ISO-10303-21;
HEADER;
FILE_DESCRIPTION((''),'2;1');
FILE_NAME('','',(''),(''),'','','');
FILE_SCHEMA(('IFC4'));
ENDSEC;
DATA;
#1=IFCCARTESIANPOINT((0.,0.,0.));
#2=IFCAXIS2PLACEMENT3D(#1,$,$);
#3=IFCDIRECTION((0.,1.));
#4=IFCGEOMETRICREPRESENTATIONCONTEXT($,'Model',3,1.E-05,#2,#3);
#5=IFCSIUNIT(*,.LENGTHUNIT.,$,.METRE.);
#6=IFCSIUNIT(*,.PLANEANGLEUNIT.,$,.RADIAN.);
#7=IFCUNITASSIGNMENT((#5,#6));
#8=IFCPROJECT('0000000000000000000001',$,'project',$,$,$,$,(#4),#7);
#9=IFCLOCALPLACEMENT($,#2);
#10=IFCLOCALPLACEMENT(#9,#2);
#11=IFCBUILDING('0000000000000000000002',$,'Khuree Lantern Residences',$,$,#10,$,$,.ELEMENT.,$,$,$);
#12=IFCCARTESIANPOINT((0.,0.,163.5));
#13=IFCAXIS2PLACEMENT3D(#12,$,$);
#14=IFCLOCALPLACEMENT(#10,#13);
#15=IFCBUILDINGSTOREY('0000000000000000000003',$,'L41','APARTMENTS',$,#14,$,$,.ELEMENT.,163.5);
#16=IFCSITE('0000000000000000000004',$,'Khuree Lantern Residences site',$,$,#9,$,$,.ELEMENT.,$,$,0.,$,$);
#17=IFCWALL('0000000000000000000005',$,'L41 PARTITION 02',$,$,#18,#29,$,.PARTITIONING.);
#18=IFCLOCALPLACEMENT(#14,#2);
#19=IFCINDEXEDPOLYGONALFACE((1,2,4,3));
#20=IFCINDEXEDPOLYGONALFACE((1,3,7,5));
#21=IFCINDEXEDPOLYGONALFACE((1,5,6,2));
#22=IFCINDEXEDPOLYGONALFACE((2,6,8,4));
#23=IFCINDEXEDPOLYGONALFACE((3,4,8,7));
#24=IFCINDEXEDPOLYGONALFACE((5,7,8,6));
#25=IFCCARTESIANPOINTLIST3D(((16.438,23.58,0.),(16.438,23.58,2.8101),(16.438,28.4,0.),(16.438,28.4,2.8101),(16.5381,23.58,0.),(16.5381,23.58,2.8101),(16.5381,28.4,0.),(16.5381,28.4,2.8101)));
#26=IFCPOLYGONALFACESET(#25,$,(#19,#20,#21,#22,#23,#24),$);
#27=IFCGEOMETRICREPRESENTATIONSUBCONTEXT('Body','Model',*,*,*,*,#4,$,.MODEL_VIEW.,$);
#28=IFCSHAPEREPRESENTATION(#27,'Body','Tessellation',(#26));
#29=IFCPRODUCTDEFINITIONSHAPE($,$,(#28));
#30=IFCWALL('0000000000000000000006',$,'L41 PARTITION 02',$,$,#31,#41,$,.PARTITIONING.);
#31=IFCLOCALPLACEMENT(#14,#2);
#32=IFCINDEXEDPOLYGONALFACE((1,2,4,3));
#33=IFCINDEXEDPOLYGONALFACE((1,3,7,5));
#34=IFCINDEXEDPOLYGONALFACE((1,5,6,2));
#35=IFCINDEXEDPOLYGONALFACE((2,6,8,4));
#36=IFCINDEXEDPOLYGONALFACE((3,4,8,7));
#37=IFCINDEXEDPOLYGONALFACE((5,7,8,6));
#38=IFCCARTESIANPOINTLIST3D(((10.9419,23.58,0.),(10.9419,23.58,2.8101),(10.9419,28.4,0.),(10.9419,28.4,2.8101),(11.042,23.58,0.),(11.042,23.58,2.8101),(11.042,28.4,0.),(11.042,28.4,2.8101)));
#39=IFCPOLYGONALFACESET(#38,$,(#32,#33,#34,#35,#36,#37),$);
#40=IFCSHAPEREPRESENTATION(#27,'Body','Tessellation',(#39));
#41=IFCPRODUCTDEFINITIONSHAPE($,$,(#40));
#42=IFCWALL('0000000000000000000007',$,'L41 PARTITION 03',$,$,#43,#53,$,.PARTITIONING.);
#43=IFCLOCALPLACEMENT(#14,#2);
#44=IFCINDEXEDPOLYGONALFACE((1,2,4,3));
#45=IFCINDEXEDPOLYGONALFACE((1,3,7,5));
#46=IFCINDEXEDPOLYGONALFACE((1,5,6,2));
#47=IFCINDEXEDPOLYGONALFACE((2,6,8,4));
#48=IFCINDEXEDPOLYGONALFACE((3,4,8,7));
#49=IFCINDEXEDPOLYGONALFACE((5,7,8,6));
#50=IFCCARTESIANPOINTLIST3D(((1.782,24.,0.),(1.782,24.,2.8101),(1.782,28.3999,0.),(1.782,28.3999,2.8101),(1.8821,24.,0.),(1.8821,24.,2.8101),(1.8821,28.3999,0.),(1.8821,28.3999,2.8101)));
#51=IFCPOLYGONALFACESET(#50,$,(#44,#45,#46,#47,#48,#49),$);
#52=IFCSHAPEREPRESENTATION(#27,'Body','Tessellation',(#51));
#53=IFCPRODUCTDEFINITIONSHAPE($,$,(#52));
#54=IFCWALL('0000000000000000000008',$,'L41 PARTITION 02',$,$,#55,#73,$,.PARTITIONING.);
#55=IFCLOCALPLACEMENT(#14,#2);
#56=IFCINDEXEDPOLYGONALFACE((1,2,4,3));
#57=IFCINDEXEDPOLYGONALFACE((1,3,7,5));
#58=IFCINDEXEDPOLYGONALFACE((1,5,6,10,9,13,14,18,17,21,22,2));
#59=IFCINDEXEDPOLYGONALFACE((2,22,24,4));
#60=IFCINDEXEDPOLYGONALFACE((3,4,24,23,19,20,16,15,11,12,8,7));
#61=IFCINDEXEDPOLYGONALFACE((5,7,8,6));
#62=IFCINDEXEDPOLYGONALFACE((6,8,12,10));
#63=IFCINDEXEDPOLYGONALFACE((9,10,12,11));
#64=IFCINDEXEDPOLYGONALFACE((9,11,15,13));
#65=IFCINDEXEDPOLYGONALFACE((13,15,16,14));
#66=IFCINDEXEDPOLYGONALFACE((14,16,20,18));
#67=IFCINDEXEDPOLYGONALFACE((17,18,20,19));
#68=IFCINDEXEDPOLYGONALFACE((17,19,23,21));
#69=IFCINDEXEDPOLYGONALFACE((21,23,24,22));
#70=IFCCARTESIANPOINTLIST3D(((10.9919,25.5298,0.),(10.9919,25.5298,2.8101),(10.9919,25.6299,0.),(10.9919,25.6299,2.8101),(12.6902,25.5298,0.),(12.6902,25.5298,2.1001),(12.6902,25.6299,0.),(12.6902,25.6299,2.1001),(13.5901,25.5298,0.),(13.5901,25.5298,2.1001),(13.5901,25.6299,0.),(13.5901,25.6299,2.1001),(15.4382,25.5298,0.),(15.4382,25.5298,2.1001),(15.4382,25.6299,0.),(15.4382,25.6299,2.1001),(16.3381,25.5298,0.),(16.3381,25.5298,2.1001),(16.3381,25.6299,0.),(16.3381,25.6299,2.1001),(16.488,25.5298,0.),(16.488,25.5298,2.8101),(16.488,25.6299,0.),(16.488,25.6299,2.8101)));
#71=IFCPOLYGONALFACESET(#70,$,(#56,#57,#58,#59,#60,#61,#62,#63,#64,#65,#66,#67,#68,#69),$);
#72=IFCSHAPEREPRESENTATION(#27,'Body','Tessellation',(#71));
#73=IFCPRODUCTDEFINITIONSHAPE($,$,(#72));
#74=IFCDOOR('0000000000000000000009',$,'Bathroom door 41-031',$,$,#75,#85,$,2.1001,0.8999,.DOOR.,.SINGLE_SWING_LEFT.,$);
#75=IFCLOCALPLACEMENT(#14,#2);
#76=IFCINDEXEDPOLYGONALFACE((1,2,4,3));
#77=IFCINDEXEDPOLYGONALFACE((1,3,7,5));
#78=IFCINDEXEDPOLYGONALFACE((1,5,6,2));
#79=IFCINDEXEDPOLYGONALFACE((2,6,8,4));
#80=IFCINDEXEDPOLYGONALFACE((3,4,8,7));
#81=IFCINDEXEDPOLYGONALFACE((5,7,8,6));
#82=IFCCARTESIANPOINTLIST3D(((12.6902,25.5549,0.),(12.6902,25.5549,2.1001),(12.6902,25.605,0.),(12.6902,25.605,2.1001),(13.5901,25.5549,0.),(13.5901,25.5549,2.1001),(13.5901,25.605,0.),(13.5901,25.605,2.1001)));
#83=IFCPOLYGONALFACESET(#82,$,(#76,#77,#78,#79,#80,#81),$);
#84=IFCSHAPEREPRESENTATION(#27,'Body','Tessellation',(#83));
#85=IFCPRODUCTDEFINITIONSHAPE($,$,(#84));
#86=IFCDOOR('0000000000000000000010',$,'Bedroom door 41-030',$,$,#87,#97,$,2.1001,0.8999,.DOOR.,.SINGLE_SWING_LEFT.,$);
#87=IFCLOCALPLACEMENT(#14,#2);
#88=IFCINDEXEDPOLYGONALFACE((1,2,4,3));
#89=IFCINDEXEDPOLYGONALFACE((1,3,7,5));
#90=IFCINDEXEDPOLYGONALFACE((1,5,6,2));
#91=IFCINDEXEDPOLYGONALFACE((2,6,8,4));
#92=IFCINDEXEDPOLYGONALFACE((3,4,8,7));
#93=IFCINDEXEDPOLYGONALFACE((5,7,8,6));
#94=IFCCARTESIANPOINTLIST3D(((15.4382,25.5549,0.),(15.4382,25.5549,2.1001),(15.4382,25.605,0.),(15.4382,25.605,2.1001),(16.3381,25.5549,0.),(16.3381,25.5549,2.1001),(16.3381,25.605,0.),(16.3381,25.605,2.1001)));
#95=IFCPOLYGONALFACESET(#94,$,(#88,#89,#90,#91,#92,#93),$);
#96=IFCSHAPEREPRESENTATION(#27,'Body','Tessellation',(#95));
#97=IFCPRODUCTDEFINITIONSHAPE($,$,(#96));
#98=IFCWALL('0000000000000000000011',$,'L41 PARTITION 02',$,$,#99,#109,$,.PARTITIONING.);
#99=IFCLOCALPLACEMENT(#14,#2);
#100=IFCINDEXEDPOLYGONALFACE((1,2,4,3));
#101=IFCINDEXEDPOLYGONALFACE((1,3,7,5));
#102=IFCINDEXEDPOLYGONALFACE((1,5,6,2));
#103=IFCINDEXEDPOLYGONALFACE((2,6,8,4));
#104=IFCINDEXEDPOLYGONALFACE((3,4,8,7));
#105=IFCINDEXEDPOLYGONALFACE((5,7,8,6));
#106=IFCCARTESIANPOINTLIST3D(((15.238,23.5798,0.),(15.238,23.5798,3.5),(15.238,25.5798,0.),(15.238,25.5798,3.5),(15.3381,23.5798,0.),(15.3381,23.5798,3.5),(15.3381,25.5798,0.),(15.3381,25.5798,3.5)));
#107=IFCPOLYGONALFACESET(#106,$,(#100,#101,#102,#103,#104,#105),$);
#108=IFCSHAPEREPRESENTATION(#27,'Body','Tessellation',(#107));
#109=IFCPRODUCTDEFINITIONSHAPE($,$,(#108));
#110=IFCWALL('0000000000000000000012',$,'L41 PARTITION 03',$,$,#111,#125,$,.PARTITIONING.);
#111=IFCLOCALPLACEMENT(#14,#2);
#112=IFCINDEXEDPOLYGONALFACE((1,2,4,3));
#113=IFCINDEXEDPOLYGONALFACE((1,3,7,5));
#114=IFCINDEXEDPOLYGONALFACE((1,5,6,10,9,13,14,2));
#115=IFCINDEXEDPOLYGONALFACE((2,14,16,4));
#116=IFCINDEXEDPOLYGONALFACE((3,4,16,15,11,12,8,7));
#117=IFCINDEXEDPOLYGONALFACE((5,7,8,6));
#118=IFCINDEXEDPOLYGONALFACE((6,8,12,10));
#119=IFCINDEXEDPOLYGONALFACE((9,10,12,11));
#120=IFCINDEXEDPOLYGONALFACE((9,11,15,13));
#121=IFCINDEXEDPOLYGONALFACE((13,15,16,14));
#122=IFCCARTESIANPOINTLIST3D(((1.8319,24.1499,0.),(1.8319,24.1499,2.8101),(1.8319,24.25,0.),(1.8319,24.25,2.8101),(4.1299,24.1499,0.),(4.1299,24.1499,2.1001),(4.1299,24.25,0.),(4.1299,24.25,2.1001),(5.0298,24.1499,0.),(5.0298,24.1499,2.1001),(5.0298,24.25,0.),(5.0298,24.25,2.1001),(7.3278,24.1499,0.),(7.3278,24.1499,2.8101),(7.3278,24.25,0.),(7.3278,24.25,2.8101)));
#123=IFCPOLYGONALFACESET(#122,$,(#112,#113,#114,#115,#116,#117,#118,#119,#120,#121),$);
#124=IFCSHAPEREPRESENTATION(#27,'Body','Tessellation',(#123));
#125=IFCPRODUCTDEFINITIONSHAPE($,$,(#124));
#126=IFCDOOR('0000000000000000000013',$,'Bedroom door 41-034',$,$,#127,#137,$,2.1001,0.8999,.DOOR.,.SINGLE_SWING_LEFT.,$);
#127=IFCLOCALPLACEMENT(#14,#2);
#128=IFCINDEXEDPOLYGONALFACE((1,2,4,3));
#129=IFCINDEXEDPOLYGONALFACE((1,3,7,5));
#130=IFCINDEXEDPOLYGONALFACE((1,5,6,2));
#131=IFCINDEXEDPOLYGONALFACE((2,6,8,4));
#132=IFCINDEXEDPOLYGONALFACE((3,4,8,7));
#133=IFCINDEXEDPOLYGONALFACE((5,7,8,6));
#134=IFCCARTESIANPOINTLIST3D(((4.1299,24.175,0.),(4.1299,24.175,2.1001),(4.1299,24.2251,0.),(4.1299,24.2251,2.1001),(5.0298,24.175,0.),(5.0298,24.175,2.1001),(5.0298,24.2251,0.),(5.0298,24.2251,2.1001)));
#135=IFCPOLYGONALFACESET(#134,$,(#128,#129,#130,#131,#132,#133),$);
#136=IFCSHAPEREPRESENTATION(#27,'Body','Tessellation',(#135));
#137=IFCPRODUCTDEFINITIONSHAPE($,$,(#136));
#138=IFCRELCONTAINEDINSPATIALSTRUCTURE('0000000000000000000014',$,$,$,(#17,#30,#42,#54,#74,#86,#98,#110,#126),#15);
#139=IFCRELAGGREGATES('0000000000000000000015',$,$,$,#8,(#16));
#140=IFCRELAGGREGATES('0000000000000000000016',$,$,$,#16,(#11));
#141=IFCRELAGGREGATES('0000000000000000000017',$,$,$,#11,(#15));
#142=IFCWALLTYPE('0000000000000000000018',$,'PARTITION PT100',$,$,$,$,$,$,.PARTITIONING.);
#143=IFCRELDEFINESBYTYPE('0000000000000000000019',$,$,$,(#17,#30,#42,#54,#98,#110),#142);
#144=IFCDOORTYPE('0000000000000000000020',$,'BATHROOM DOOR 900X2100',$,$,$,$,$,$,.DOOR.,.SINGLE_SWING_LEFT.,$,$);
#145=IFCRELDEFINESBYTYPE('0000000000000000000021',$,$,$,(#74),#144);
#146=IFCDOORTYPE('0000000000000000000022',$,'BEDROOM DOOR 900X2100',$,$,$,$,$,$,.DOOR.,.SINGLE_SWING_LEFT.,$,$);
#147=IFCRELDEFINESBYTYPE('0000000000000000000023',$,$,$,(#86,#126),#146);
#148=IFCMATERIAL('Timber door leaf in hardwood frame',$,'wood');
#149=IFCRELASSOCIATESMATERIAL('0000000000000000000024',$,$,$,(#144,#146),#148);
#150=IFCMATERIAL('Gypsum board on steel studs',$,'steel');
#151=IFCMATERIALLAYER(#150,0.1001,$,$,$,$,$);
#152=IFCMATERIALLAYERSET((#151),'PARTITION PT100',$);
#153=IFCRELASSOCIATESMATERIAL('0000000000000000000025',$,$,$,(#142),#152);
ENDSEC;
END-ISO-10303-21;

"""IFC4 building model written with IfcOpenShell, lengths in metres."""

from ifc_helpers import new_model, si_unit, direction, frame, frame_2d, origin, place, context, subcontext, project, spatial, rectangle, extrude, material, layer, layer_set, type_object, element, fill, save


model = new_model("IFC4")

# Units and contexts
model_context = context("Model", 3, precision=1e-05, world=origin(), true_north=direction((0.0, 1.0)))
body_context = subcontext(model_context, "Body", "Model", "MODEL_VIEW")
ifc_project = project(units=[si_unit("LENGTHUNIT", "METRE"), si_unit("PLANEANGLEUNIT", "RADIAN")], contexts=[model_context])

# Site, building, storey
site_placement = place(None, origin())
site = spatial("IfcSite", under=ifc_project, at=site_placement, Name="Khuree Lantern Residences site", CompositionType="ELEMENT", RefElevation=0.0)
building_placement = place(site_placement, origin())
building = spatial("IfcBuilding", under=site, at=building_placement, Name="Khuree Lantern Residences", CompositionType="ELEMENT")
storey_placement = place(building_placement, frame((0.0, 0.0, 163.5)))
storey = spatial("IfcBuildingStorey", under=building, at=storey_placement, Name="L41", Description="APARTMENTS", CompositionType="ELEMENT", Elevation=163.5)

# Shared definitions
ifc_material_1 = material(Name="Timber door leaf in hardwood frame", Category="wood")
door_type_1 = type_object("IfcDoorType", Name="BATHROOM DOOR 900X2100", OperationType="SINGLE_SWING_LEFT", PredefinedType="DOOR", material=ifc_material_1)

# Walls
ifc_material_2 = material(Name="Gypsum board on steel studs", Category="steel")
ifc_layer_1 = layer(ifc_material_2, 0.1001)
ifc_layer_set_1 = layer_set([ifc_layer_1], Name="PARTITION PT100")
wall_type_1 = type_object("IfcWallType", Name="PARTITION PT100", PredefinedType="PARTITIONING", material=ifc_layer_set_1)
for number, where, z_axis, x_axis, name in (
    (1, (16.488, 23.5798, 0.0), (0.0, 0.0, 1.0), (0.0, 1.0, 0.0), "L41 PARTITION 02"),
    (2, (10.9919, 23.5798, 0.0), (0.0, 0.0, 1.0), (0.0, 1.0, 0.0), "L41 PARTITION 02"),
):
    element("IfcWall", number, at=place(storey_placement, frame(where, z_axis=z_axis, x_axis=x_axis)), inside=storey, type_object=wall_type_1, Name=name, PredefinedType="PARTITIONING", context=body_context, shape_type="SweptSolid", body=[
        extrude(rectangle(XDim=4.8201, YDim=0.1001, at=frame_2d((2.4102, 0.0))), origin(), (0.0, 0.0, 1.0), 2.8101),
    ])
wall_1_placement = place(storey_placement, frame((1.832, 24.0, 0.0), z_axis=(0.0, 0.0, 1.0), x_axis=(0.0, 1.0, 0.0)))
element("IfcWall", 3, at=wall_1_placement, inside=storey, type_object=wall_type_1, Name="L41 PARTITION 03", PredefinedType="PARTITIONING", context=body_context, shape_type="SweptSolid", body=[
    extrude(rectangle(XDim=4.3999, YDim=0.1001, at=frame_2d((2.2, 0.0))), origin(), (0.0, 0.0, 1.0), 2.8101),
])

# Wall, openings, doors
wall_2_placement = place(storey_placement, frame((16.488, 25.5798, 0.0), z_axis=(0.0, 0.0, 1.0), x_axis=(-1.0, 0.0, 0.0)))
wall_2 = element("IfcWall", 4, at=wall_2_placement, inside=storey, type_object=wall_type_1, Name="L41 PARTITION 02", PredefinedType="PARTITIONING", context=body_context, shape_type="SweptSolid", body=[
    extrude(rectangle(XDim=5.4961, YDim=0.1001, at=frame_2d((2.748, 0.0))), origin(), (0.0, 0.0, 1.0), 2.8101),
])
opening_1_placement = place(wall_2_placement, frame((0.1499, 0.0, 0.0)))
opening_1 = element("IfcOpeningElement", 5, at=opening_1_placement, cuts=wall_2, PredefinedType="OPENING", context=body_context, shape_type="SweptSolid", body=[
    extrude(rectangle(XDim=0.8999, YDim=2.1001, at=frame_2d((0.45, 1.05))), frame((0.0, 0.0601, 0.0), z_axis=(0.0, -1.0, 0.0), x_axis=(1.0, 0.0, 0.0)), (0.0, 0.0, 1.0), 0.1201),
])
opening_2_placement = place(wall_2_placement, frame((2.8979, 0.0, 0.0)))
opening_2 = element("IfcOpeningElement", 6, at=opening_2_placement, cuts=wall_2, PredefinedType="OPENING", context=body_context, shape_type="SweptSolid", body=[
    extrude(rectangle(XDim=0.8999, YDim=2.1001, at=frame_2d((0.45, 1.05))), frame((0.0, 0.0601, 0.0), z_axis=(0.0, -1.0, 0.0), x_axis=(1.0, 0.0, 0.0)), (0.0, 0.0, 1.0), 0.1201),
])
door_1_placement = place(opening_2_placement, origin())
door_1 = element("IfcDoor", 7, at=door_1_placement, inside=storey, type_object=door_type_1, Name="Bathroom door 41-031", OperationType="SINGLE_SWING_LEFT", OverallHeight=2.1001, OverallWidth=0.8999, PredefinedType="DOOR", context=body_context, shape_type="SweptSolid", body=[
    extrude(rectangle(XDim=0.8999, YDim=2.1001, at=frame_2d((0.45, 1.05))), frame((0.0, 0.0249, 0.0), z_axis=(0.0, -1.0, 0.0), x_axis=(1.0, 0.0, 0.0)), (0.0, 0.0, 1.0), 0.05),
])
fill(opening_2, door_1)
door_type_2 = type_object("IfcDoorType", Name="BEDROOM DOOR 900X2100", OperationType="SINGLE_SWING_LEFT", PredefinedType="DOOR", material=ifc_material_1)
door_2_placement = place(opening_1_placement, origin())
door_2 = element("IfcDoor", 8, at=door_2_placement, inside=storey, type_object=door_type_2, Name="Bedroom door 41-030", OperationType="SINGLE_SWING_LEFT", OverallHeight=2.1001, OverallWidth=0.8999, PredefinedType="DOOR", context=body_context, shape_type="SweptSolid", body=[
    extrude(rectangle(XDim=0.8999, YDim=2.1001, at=frame_2d((0.45, 1.05))), frame((0.0, 0.0249, 0.0), z_axis=(0.0, -1.0, 0.0), x_axis=(1.0, 0.0, 0.0)), (0.0, 0.0, 1.0), 0.05),
])
fill(opening_1, door_2)

# Wall
wall_3_placement = place(storey_placement, frame((15.2881, 23.5798, 0.0), z_axis=(0.0, 0.0, 1.0), x_axis=(0.0, 1.0, 0.0)))
element("IfcWall", 9, at=wall_3_placement, inside=storey, type_object=wall_type_1, Name="L41 PARTITION 02", PredefinedType="PARTITIONING", context=body_context, shape_type="SweptSolid", body=[
    extrude(rectangle(XDim=2.0, YDim=0.1001, at=frame_2d((1.0, 0.0))), origin(), (0.0, 0.0, 1.0), 3.5),
])

# Wall, opening, door
wall_4_placement = place(storey_placement, frame((7.3279, 24.2, 0.0), z_axis=(0.0, 0.0, 1.0), x_axis=(-1.0, 0.0, 0.0)))
wall_4 = element("IfcWall", 10, at=wall_4_placement, inside=storey, type_object=wall_type_1, Name="L41 PARTITION 03", PredefinedType="PARTITIONING", context=body_context, shape_type="SweptSolid", body=[
    extrude(rectangle(XDim=5.4958, YDim=0.1001, at=frame_2d((2.748, 0.0))), origin(), (0.0, 0.0, 1.0), 2.8101),
])
opening_3_placement = place(wall_4_placement, frame((2.2981, 0.0, 0.0)))
opening_3 = element("IfcOpeningElement", 11, at=opening_3_placement, cuts=wall_4, PredefinedType="OPENING", context=body_context, shape_type="SweptSolid", body=[
    extrude(rectangle(XDim=0.8999, YDim=2.1001, at=frame_2d((0.45, 1.05))), frame((0.0, 0.0601, 0.0), z_axis=(0.0, -1.0, 0.0), x_axis=(1.0, 0.0, 0.0)), (0.0, 0.0, 1.0), 0.1201),
])
door_3_placement = place(opening_3_placement, origin())
door_3 = element("IfcDoor", 12, at=door_3_placement, inside=storey, type_object=door_type_2, Name="Bedroom door 41-034", OperationType="SINGLE_SWING_LEFT", OverallHeight=2.1001, OverallWidth=0.8999, PredefinedType="DOOR", context=body_context, shape_type="SweptSolid", body=[
    extrude(rectangle(XDim=0.8999, YDim=2.1001, at=frame_2d((0.45, 1.05))), frame((0.0, 0.0249, 0.0), z_axis=(0.0, -1.0, 0.0), x_axis=(1.0, 0.0, 0.0)), (0.0, 0.0, 1.0), 0.05),
])
fill(opening_3, door_3)

save(model, "model.ifc")
